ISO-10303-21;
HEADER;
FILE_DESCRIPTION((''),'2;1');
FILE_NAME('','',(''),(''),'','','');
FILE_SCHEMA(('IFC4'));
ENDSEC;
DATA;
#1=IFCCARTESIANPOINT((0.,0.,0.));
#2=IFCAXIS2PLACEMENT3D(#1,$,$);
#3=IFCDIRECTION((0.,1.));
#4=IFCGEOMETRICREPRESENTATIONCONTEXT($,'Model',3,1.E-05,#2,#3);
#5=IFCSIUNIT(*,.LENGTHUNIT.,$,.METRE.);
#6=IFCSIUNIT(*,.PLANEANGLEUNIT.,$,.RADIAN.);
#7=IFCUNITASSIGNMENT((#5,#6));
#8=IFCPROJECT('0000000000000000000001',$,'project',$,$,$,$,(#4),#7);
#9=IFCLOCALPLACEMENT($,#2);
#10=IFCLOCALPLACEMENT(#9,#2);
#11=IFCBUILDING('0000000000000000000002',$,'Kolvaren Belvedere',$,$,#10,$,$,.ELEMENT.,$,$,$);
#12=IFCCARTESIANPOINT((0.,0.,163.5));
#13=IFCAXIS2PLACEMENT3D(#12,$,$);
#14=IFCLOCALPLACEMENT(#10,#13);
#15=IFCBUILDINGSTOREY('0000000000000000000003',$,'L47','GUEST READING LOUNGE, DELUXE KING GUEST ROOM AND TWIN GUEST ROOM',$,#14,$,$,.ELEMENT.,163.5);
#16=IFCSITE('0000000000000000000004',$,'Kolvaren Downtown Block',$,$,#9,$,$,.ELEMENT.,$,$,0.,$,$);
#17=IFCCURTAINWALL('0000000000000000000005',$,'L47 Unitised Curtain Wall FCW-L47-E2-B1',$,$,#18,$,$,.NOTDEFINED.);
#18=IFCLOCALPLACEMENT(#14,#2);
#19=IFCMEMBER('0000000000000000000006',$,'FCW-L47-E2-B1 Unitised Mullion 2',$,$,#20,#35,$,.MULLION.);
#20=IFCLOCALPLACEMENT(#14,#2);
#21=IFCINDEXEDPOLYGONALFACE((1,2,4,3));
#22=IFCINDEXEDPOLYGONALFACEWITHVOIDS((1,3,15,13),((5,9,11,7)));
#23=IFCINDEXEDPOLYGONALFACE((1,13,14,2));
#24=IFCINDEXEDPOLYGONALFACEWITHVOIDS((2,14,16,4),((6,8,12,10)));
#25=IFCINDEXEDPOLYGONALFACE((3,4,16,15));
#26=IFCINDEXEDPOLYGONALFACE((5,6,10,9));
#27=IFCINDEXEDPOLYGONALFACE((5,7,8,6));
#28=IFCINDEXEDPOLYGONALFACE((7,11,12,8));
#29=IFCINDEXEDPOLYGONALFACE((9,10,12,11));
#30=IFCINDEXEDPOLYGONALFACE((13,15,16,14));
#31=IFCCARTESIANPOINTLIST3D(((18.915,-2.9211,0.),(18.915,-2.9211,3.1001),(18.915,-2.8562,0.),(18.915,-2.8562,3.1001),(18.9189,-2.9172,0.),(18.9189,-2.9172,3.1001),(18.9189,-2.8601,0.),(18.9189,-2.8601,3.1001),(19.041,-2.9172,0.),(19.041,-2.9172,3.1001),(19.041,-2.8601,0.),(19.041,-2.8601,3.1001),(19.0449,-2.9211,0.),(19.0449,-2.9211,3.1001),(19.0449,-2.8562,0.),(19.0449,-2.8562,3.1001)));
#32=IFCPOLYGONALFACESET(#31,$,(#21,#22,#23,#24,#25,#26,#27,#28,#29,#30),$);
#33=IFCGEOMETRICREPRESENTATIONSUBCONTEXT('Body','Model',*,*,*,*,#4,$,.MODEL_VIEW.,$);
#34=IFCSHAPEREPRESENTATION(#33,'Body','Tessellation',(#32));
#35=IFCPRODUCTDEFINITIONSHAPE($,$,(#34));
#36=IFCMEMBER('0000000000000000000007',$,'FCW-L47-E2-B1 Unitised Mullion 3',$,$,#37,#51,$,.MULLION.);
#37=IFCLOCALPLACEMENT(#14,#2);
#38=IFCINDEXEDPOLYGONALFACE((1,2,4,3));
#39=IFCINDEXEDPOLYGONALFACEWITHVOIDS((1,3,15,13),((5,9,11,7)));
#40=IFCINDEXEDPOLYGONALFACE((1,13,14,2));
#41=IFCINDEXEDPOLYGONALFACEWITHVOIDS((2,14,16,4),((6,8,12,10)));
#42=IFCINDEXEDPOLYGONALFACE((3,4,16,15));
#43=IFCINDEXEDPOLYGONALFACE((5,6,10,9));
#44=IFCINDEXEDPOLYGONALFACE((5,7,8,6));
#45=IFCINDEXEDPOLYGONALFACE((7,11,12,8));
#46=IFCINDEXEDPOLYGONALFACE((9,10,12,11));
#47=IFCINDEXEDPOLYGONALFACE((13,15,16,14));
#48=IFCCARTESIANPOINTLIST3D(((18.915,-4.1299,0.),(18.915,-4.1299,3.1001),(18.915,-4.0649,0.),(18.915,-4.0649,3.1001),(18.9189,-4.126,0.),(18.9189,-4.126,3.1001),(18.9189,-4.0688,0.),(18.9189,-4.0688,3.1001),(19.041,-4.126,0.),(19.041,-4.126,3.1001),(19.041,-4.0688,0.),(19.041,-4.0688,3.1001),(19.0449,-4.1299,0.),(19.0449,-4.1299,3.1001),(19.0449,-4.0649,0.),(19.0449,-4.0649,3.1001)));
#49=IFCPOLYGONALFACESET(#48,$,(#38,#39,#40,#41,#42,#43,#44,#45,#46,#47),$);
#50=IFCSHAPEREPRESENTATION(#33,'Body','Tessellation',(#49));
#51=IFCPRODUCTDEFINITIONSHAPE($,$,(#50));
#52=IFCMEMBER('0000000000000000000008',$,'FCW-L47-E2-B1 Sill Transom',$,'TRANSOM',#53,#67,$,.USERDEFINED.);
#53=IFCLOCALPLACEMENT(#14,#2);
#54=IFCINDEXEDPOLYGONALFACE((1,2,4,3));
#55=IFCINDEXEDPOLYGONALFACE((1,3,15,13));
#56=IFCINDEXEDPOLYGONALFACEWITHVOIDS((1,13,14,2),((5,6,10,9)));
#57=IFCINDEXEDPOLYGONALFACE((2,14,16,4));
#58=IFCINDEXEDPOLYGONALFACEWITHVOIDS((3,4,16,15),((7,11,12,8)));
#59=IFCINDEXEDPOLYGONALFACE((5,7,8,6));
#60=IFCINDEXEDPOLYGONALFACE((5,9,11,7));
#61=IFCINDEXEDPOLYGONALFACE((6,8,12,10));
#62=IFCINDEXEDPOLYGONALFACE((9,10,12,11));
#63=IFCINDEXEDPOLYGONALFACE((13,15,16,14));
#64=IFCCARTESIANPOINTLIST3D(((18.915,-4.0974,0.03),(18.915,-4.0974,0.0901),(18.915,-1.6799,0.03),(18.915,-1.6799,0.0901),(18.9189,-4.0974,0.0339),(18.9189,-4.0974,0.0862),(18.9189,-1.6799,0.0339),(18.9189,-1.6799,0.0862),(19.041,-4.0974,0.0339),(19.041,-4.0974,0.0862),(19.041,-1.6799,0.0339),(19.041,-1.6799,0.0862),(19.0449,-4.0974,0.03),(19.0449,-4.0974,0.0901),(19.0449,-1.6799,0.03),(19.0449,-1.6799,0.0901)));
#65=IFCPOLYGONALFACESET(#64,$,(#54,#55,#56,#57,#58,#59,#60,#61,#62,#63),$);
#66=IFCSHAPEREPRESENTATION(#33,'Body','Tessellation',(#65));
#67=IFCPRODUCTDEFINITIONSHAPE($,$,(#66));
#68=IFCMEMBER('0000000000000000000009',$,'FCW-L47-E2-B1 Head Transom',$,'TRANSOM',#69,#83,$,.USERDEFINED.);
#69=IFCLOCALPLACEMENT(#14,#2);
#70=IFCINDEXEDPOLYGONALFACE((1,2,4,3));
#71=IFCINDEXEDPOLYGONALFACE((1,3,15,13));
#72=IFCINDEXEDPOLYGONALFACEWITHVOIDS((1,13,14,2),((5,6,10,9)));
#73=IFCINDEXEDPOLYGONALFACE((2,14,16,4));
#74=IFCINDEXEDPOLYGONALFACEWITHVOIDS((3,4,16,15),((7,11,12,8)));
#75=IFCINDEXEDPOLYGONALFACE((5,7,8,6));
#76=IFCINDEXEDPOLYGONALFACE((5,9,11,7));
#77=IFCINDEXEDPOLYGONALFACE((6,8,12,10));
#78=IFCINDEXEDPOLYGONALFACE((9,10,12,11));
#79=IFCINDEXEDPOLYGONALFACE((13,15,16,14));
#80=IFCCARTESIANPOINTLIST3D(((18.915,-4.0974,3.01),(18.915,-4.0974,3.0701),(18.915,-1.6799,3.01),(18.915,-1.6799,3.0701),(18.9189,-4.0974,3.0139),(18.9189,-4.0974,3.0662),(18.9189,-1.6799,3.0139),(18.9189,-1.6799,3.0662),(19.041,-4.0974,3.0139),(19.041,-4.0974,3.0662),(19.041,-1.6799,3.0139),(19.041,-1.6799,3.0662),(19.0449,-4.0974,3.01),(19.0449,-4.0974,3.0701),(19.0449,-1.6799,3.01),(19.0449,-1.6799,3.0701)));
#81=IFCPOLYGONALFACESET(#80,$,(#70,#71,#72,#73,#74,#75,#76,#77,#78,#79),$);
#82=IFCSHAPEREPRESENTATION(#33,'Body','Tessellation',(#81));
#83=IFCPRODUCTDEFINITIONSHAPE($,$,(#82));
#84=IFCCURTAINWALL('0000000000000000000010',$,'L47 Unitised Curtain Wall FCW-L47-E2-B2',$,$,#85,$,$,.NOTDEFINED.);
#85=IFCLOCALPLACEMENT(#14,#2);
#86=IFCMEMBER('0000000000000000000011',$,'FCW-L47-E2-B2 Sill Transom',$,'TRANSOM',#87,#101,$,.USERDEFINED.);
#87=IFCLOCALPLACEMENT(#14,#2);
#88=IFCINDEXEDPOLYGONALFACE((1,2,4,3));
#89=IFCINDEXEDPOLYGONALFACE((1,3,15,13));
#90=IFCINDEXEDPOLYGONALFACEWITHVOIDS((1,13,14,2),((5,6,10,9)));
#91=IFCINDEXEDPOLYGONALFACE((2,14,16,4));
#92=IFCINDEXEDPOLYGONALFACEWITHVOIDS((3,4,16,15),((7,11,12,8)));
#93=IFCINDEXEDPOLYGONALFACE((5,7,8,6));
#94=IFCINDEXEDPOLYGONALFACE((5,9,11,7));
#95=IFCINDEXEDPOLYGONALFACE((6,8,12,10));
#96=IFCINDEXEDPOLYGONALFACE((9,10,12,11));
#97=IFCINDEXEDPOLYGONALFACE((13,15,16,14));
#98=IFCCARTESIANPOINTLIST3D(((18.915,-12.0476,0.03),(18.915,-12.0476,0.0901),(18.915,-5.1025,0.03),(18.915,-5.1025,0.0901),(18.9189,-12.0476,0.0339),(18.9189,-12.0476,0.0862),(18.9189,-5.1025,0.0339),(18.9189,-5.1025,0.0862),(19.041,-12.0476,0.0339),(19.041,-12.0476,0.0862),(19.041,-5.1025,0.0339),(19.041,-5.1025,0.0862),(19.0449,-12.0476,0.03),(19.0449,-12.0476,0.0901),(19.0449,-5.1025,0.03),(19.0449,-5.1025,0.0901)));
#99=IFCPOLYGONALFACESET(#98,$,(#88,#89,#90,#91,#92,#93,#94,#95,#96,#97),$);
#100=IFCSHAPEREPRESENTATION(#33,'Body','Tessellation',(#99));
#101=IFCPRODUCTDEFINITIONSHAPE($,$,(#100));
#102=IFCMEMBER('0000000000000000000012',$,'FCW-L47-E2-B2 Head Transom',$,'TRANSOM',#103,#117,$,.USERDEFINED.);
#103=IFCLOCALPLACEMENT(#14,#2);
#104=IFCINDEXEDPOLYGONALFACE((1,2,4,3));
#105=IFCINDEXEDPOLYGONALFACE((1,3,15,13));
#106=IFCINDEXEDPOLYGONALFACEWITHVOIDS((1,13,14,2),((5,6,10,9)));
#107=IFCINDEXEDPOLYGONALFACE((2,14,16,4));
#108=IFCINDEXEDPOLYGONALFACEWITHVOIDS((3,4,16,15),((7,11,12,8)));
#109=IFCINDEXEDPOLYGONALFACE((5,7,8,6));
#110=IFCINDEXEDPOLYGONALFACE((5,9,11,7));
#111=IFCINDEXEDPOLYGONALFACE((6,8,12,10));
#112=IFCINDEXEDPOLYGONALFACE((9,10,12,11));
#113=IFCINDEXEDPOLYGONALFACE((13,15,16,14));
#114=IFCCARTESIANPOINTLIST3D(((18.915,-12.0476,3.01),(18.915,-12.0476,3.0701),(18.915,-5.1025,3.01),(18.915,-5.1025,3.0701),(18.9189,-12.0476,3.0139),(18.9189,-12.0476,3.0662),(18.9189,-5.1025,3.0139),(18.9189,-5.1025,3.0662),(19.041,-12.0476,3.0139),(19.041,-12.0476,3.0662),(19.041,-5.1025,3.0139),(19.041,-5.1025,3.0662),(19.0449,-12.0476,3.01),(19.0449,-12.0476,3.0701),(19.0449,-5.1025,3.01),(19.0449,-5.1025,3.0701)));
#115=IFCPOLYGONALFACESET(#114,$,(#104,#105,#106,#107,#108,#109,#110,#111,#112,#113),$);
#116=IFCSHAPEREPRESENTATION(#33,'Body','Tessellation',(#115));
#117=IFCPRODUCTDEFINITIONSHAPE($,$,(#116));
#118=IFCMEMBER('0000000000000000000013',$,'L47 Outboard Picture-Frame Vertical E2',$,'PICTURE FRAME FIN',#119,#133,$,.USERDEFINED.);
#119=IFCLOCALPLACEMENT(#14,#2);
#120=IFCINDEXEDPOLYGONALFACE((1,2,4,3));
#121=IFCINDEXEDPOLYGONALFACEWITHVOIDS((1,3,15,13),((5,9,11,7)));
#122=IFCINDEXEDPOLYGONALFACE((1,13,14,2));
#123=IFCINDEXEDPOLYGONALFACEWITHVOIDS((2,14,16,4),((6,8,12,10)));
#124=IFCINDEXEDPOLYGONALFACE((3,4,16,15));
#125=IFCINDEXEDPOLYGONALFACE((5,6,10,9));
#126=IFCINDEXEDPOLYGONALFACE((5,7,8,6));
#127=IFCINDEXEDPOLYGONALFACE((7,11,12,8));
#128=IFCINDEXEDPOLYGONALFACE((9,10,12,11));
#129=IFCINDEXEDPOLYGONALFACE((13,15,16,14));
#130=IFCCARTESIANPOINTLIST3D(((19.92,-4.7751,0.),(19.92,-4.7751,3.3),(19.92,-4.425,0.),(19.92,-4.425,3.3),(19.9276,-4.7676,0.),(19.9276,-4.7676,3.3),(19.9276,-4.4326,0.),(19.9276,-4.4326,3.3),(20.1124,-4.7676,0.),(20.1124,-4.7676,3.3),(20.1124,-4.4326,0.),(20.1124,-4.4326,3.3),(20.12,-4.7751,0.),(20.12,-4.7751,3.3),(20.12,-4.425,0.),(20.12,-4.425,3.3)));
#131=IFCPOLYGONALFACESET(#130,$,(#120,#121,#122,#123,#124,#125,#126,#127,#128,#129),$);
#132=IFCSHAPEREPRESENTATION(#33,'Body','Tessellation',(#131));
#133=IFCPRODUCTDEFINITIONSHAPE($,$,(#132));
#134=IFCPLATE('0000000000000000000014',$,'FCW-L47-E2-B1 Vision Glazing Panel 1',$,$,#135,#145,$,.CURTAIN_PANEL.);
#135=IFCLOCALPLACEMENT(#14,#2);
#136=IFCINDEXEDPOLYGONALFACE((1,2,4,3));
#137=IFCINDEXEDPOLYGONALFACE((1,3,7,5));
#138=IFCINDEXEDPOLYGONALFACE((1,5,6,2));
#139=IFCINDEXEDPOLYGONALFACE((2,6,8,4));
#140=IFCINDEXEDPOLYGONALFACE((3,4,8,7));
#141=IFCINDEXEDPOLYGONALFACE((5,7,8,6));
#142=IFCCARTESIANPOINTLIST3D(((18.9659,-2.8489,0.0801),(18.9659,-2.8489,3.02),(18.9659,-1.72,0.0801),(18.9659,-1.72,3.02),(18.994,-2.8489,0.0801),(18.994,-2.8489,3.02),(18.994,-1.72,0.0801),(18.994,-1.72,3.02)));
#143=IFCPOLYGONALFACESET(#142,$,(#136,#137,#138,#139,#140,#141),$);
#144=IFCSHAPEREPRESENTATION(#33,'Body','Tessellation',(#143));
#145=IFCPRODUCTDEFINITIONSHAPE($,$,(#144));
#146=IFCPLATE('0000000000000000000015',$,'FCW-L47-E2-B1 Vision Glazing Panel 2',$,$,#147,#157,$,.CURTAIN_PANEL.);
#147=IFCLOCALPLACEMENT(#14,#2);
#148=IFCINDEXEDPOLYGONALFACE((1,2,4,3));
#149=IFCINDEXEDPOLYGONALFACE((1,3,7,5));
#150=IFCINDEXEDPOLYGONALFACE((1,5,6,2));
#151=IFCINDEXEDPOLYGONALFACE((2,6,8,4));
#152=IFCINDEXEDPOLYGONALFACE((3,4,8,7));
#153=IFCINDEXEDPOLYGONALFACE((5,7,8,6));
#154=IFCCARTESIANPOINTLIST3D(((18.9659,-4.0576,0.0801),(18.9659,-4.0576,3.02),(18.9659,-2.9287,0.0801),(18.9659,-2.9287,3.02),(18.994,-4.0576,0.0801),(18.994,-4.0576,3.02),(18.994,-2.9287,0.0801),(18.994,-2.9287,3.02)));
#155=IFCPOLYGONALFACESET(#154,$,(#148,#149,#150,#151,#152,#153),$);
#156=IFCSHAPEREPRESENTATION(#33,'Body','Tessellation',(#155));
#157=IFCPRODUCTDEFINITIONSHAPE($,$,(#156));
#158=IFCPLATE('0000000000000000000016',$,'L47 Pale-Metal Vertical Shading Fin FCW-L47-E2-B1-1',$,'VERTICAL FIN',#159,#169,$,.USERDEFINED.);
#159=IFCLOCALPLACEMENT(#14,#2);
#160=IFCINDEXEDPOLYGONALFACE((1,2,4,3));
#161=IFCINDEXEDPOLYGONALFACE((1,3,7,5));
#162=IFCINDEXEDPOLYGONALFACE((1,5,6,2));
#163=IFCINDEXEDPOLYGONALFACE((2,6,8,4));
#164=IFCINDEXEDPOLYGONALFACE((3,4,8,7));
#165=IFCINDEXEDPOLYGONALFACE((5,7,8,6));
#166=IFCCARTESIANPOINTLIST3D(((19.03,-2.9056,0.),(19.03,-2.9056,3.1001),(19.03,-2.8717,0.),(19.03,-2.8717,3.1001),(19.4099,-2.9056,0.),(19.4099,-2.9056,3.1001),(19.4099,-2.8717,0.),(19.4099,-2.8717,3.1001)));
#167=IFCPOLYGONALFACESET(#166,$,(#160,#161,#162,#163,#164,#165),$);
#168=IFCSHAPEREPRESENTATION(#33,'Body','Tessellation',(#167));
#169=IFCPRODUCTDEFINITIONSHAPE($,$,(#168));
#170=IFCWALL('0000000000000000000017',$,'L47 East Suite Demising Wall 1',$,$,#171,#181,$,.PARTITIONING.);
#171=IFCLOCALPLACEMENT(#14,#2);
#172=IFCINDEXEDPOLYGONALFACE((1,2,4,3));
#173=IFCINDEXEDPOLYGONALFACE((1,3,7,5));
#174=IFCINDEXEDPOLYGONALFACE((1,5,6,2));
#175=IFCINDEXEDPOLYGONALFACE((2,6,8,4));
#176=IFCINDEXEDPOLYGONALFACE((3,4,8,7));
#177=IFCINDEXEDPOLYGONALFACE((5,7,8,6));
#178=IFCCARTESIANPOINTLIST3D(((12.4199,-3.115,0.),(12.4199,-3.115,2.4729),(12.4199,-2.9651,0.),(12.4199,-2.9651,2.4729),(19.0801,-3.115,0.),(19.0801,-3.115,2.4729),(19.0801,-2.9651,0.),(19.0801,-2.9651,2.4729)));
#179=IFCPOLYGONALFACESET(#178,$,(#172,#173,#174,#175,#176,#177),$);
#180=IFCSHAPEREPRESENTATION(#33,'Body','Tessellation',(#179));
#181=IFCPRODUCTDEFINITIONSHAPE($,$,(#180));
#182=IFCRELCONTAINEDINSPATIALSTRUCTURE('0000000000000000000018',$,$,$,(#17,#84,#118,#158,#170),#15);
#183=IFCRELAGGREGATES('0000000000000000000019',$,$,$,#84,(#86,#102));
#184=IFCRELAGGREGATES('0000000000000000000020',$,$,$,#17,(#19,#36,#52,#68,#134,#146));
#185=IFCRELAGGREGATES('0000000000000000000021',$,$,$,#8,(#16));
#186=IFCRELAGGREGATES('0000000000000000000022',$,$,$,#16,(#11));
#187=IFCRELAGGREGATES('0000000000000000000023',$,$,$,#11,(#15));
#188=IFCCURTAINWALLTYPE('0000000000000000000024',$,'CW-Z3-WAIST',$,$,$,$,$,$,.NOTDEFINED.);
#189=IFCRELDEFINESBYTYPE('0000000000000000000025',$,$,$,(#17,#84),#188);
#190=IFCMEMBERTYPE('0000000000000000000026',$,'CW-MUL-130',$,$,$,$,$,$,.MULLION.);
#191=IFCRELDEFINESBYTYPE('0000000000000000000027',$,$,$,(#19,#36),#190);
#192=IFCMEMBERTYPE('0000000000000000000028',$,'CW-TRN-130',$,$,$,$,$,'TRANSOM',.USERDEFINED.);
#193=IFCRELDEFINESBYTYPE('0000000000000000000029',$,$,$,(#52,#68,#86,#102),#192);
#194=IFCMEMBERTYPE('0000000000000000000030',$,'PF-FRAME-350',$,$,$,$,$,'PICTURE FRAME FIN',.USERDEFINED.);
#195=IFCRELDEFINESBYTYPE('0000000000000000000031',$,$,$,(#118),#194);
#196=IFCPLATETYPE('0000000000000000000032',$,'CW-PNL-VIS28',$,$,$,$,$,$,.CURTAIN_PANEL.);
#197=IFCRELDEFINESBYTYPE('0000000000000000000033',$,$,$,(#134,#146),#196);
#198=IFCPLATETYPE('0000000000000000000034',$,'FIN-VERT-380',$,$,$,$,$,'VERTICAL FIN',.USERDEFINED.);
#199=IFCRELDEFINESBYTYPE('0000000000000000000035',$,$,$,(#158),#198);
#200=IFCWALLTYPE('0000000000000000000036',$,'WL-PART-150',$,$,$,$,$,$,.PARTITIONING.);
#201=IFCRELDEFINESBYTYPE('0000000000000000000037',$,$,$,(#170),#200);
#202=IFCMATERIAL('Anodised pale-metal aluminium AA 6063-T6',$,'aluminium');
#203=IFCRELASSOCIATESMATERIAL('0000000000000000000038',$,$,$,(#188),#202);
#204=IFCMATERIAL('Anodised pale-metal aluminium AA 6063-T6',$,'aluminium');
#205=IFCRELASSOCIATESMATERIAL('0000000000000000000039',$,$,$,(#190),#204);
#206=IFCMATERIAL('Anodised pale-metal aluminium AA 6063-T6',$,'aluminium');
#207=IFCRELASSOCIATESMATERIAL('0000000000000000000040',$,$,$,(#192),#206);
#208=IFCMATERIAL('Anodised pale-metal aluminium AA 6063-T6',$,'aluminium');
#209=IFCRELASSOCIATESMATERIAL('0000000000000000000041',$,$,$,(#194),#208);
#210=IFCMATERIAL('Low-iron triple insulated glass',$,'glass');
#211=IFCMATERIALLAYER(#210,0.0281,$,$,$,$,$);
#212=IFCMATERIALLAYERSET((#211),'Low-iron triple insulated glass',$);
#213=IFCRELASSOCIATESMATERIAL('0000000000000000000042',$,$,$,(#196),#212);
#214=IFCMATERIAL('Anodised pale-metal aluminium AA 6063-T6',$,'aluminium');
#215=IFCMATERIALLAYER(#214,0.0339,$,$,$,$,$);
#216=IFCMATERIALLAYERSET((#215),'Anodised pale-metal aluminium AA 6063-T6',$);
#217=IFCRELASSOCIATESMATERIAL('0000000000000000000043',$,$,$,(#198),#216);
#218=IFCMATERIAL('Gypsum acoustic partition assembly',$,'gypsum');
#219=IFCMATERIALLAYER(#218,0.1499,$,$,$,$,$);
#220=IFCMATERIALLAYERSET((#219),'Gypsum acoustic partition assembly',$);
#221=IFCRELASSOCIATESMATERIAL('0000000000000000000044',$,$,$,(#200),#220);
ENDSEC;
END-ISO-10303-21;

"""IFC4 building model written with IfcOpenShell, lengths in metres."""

from ifc_helpers import new_model, si_unit, direction, frame, frame_2d, origin, origin_2d, place, context, subcontext, project, spatial, rectangle, hollow_rectangle, extrude, material, layer, layer_set, material_profile, profile_set, type_object, element, aggregate, save


model = new_model("IFC4")

# Units and contexts
model_context = context("Model", 3, precision=1e-05, world=origin(), true_north=direction((0.0, 1.0)))
body_context = subcontext(model_context, "Body", "Model", "MODEL_VIEW")
ifc_project = project(units=[si_unit("LENGTHUNIT", "METRE"), si_unit("PLANEANGLEUNIT", "RADIAN")], contexts=[model_context])

# Site, building, storey
site_placement = place(None, origin())
site = spatial("IfcSite", under=ifc_project, at=site_placement, Name="Kolvaren Downtown Block", CompositionType="ELEMENT", RefElevation=0.0)
building_placement = place(site_placement, origin())
building = spatial("IfcBuilding", under=site, at=building_placement, Name="Kolvaren Belvedere", CompositionType="ELEMENT")
storey_placement = place(building_placement, frame((0.0, 0.0, 163.5)))
storey = spatial("IfcBuildingStorey", under=building, at=storey_placement, Name="L47", Description="GUEST READING LOUNGE, DELUXE KING GUEST ROOM AND TWIN GUEST ROOM", CompositionType="ELEMENT", Elevation=163.5)

# Curtain walls, members
ifc_material_1 = material(Name="Anodised pale-metal aluminium AA 6063-T6", Category="aluminium")
curtain_wall_type = type_object("IfcCurtainWallType", Name="CW-Z3-WAIST", PredefinedType="NOTDEFINED", material=ifc_material_1)
curtain_wall_1_placement = place(storey_placement, origin())
curtain_wall_1 = element("IfcCurtainWall", 1, at=curtain_wall_1_placement, inside=storey, type_object=curtain_wall_type, Name="L47 Unitised Curtain Wall FCW-L47-E2-B1", PredefinedType="NOTDEFINED")
ifc_material_2 = material(Name="Anodised pale-metal aluminium AA 6063-T6", Category="aluminium")
ifc_material_profile_1 = material_profile(ifc_material_2, hollow_rectangle(XDim=0.0649, YDim=0.1299, WallThickness=0.0039, at=origin_2d()), Name="ALU-MUL-130X65")
ifc_profile_set_1 = profile_set([ifc_material_profile_1], Name="Anodised pale-metal aluminium AA 6063-T6")
member_type_1 = type_object("IfcMemberType", Name="CW-MUL-130", PredefinedType="MULLION", material=ifc_profile_set_1)
member_1_placement = place(storey_placement, frame((18.98, -2.8887, 0.0), z_axis=(0.0, 0.0, 1.0), x_axis=(0.0, 1.0, 0.0)))
member_1 = element("IfcMember", 2, at=member_1_placement, type_object=member_type_1, Name="FCW-L47-E2-B1 Unitised Mullion 2", PredefinedType="MULLION", context=body_context, shape_type="SweptSolid", body=[
    extrude(hollow_rectangle(XDim=0.0649, YDim=0.1299, WallThickness=0.0039, at=origin_2d()), origin(), (0.0, 0.0, 1.0), 3.1001),
])
member_2_placement = place(storey_placement, frame((18.98, -4.0974, 0.0), z_axis=(0.0, 0.0, 1.0), x_axis=(0.0, 1.0, 0.0)))
member_2 = element("IfcMember", 3, at=member_2_placement, type_object=member_type_1, Name="FCW-L47-E2-B1 Unitised Mullion 3", PredefinedType="MULLION", context=body_context, shape_type="SweptSolid", body=[
    extrude(hollow_rectangle(XDim=0.0649, YDim=0.1299, WallThickness=0.0039, at=origin_2d()), origin(), (0.0, 0.0, 1.0), 3.1001),
])
ifc_material_3 = material(Name="Anodised pale-metal aluminium AA 6063-T6", Category="aluminium")
ifc_material_profile_2 = material_profile(ifc_material_3, hollow_rectangle(XDim=0.0601, YDim=0.1299, WallThickness=0.0039, at=origin_2d()), Name="ALU-TRN-130X60")
ifc_profile_set_2 = profile_set([ifc_material_profile_2], Name="Anodised pale-metal aluminium AA 6063-T6")
member_type_2 = type_object("IfcMemberType", Name="CW-TRN-130", ElementType="TRANSOM", PredefinedType="USERDEFINED", material=ifc_profile_set_2)
member_3_placement = place(storey_placement, frame((18.98, -1.6799, 0.0601), z_axis=(0.0, -1.0, 0.0), x_axis=(0.0, 0.0, 1.0)))
member_3 = element("IfcMember", 4, at=member_3_placement, type_object=member_type_2, Name="FCW-L47-E2-B1 Sill Transom", ObjectType="TRANSOM", PredefinedType="USERDEFINED", context=body_context, shape_type="SweptSolid", body=[
    extrude(hollow_rectangle(XDim=0.0601, YDim=0.1299, WallThickness=0.0039, at=origin_2d()), origin(), (0.0, 0.0, 1.0), 2.4175),
])
member_4_placement = place(storey_placement, frame((18.98, -1.6799, 3.04), z_axis=(0.0, -1.0, 0.0), x_axis=(0.0, 0.0, 1.0)))
member_4 = element("IfcMember", 5, at=member_4_placement, type_object=member_type_2, Name="FCW-L47-E2-B1 Head Transom", ObjectType="TRANSOM", PredefinedType="USERDEFINED", context=body_context, shape_type="SweptSolid", body=[
    extrude(hollow_rectangle(XDim=0.0601, YDim=0.1299, WallThickness=0.0039, at=origin_2d()), origin(), (0.0, 0.0, 1.0), 2.4175),
])
curtain_wall_2_placement = place(storey_placement, origin())
curtain_wall_2 = element("IfcCurtainWall", 6, at=curtain_wall_2_placement, inside=storey, type_object=curtain_wall_type, Name="L47 Unitised Curtain Wall FCW-L47-E2-B2", PredefinedType="NOTDEFINED")
member_5_placement = place(storey_placement, frame((18.98, -5.1025, 0.0601), z_axis=(0.0, -1.0, 0.0), x_axis=(0.0, 0.0, 1.0)))
member_5 = element("IfcMember", 7, at=member_5_placement, type_object=member_type_2, Name="FCW-L47-E2-B2 Sill Transom", ObjectType="TRANSOM", PredefinedType="USERDEFINED", context=body_context, shape_type="SweptSolid", body=[
    extrude(hollow_rectangle(XDim=0.0601, YDim=0.1299, WallThickness=0.0039, at=origin_2d()), origin(), (0.0, 0.0, 1.0), 6.9451),
])
member_6_placement = place(storey_placement, frame((18.98, -5.1025, 3.04), z_axis=(0.0, -1.0, 0.0), x_axis=(0.0, 0.0, 1.0)))
member_6 = element("IfcMember", 8, at=member_6_placement, type_object=member_type_2, Name="FCW-L47-E2-B2 Head Transom", ObjectType="TRANSOM", PredefinedType="USERDEFINED", context=body_context, shape_type="SweptSolid", body=[
    extrude(hollow_rectangle(XDim=0.0601, YDim=0.1299, WallThickness=0.0039, at=origin_2d()), origin(), (0.0, 0.0, 1.0), 6.9451),
])
aggregate(curtain_wall_2, [member_5, member_6])

# Member
ifc_material_4 = material(Name="Anodised pale-metal aluminium AA 6063-T6", Category="aluminium")
ifc_material_profile_3 = material_profile(ifc_material_4, hollow_rectangle(XDim=0.2, YDim=0.3501, WallThickness=0.0076, at=origin_2d()), Name="ALU-PF-350X200")
ifc_profile_set_3 = profile_set([ifc_material_profile_3], Name="Anodised pale-metal aluminium AA 6063-T6")
member_type_3 = type_object("IfcMemberType", Name="PF-FRAME-350", ElementType="PICTURE FRAME FIN", PredefinedType="USERDEFINED", material=ifc_profile_set_3)
member_7_placement = place(storey_placement, frame((20.02, -4.6001, 0.0), z_axis=(0.0, 0.0, 1.0), x_axis=(1.0, 0.0, 0.0)))
element("IfcMember", 9, at=member_7_placement, inside=storey, type_object=member_type_3, Name="L47 Outboard Picture-Frame Vertical E2", ObjectType="PICTURE FRAME FIN", PredefinedType="USERDEFINED", context=body_context, shape_type="SweptSolid", body=[
    extrude(hollow_rectangle(XDim=0.2, YDim=0.3501, WallThickness=0.0076, at=origin_2d()), origin(), (0.0, 0.0, 1.0), 3.3),
])

# Plates
ifc_material_5 = material(Name="Low-iron triple insulated glass", Category="glass")
ifc_layer_1 = layer(ifc_material_5, 0.0281)
ifc_layer_set_1 = layer_set([ifc_layer_1], Name="Low-iron triple insulated glass")
plate_type_1 = type_object("IfcPlateType", Name="CW-PNL-VIS28", PredefinedType="CURTAIN_PANEL", material=ifc_layer_set_1)
plate_1_placement = place(storey_placement, frame((18.98, -2.2844, 0.0801), z_axis=(0.0, 0.0, 1.0), x_axis=(0.0, -1.0, 0.0)))
plate_1 = element("IfcPlate", 10, at=plate_1_placement, type_object=plate_type_1, Name="FCW-L47-E2-B1 Vision Glazing Panel 1", PredefinedType="CURTAIN_PANEL", context=body_context, shape_type="SweptSolid", body=[
    extrude(rectangle(XDim=1.1289, YDim=0.0281, at=origin_2d()), origin(), (0.0, 0.0, 1.0), 2.9399),
])
plate_2_placement = place(storey_placement, frame((18.98, -3.4932, 0.0801), z_axis=(0.0, 0.0, 1.0), x_axis=(0.0, -1.0, 0.0)))
plate_2 = element("IfcPlate", 11, at=plate_2_placement, type_object=plate_type_1, Name="FCW-L47-E2-B1 Vision Glazing Panel 2", PredefinedType="CURTAIN_PANEL", context=body_context, shape_type="SweptSolid", body=[
    extrude(rectangle(XDim=1.1289, YDim=0.0281, at=origin_2d()), origin(), (0.0, 0.0, 1.0), 2.9399),
])
aggregate(curtain_wall_1, [member_1, member_2, member_3, member_4, plate_1, plate_2])
ifc_material_6 = material(Name="Anodised pale-metal aluminium AA 6063-T6", Category="aluminium")
ifc_layer_2 = layer(ifc_material_6, 0.0339)
ifc_layer_set_2 = layer_set([ifc_layer_2], Name="Anodised pale-metal aluminium AA 6063-T6")
plate_type_2 = type_object("IfcPlateType", Name="FIN-VERT-380", ElementType="VERTICAL FIN", PredefinedType="USERDEFINED", material=ifc_layer_set_2)
plate_3_placement = place(storey_placement, frame((19.22, -2.8887, 0.0), z_axis=(0.0, 0.0, 1.0), x_axis=(1.0, 0.0, 0.0)))
element("IfcPlate", 12, at=plate_3_placement, inside=storey, type_object=plate_type_2, Name="L47 Pale-Metal Vertical Shading Fin FCW-L47-E2-B1-1", ObjectType="VERTICAL FIN", PredefinedType="USERDEFINED", context=body_context, shape_type="SweptSolid", body=[
    extrude(rectangle(XDim=0.3799, YDim=0.0339, at=origin_2d()), origin(), (0.0, 0.0, 1.0), 3.1001),
])

# Wall
ifc_material_7 = material(Name="Gypsum acoustic partition assembly", Category="gypsum")
ifc_layer_3 = layer(ifc_material_7, 0.1499)
ifc_layer_set_3 = layer_set([ifc_layer_3], Name="Gypsum acoustic partition assembly")
wall_type_1 = type_object("IfcWallType", Name="WL-PART-150", PredefinedType="PARTITIONING", material=ifc_layer_set_3)
wall_1_placement = place(storey_placement, frame((12.4199, -3.04, 0.0), z_axis=(0.0, 0.0, 1.0), x_axis=(1.0, 0.0, 0.0)))
element("IfcWall", 13, at=wall_1_placement, inside=storey, type_object=wall_type_1, Name="L47 East Suite Demising Wall 1", PredefinedType="PARTITIONING", context=body_context, shape_type="SweptSolid", body=[
    extrude(rectangle(XDim=6.6602, YDim=0.1499, at=frame_2d((3.3301, 0.0))), origin(), (0.0, 0.0, 1.0), 2.4729),
])

save(model, "model.ifc")
